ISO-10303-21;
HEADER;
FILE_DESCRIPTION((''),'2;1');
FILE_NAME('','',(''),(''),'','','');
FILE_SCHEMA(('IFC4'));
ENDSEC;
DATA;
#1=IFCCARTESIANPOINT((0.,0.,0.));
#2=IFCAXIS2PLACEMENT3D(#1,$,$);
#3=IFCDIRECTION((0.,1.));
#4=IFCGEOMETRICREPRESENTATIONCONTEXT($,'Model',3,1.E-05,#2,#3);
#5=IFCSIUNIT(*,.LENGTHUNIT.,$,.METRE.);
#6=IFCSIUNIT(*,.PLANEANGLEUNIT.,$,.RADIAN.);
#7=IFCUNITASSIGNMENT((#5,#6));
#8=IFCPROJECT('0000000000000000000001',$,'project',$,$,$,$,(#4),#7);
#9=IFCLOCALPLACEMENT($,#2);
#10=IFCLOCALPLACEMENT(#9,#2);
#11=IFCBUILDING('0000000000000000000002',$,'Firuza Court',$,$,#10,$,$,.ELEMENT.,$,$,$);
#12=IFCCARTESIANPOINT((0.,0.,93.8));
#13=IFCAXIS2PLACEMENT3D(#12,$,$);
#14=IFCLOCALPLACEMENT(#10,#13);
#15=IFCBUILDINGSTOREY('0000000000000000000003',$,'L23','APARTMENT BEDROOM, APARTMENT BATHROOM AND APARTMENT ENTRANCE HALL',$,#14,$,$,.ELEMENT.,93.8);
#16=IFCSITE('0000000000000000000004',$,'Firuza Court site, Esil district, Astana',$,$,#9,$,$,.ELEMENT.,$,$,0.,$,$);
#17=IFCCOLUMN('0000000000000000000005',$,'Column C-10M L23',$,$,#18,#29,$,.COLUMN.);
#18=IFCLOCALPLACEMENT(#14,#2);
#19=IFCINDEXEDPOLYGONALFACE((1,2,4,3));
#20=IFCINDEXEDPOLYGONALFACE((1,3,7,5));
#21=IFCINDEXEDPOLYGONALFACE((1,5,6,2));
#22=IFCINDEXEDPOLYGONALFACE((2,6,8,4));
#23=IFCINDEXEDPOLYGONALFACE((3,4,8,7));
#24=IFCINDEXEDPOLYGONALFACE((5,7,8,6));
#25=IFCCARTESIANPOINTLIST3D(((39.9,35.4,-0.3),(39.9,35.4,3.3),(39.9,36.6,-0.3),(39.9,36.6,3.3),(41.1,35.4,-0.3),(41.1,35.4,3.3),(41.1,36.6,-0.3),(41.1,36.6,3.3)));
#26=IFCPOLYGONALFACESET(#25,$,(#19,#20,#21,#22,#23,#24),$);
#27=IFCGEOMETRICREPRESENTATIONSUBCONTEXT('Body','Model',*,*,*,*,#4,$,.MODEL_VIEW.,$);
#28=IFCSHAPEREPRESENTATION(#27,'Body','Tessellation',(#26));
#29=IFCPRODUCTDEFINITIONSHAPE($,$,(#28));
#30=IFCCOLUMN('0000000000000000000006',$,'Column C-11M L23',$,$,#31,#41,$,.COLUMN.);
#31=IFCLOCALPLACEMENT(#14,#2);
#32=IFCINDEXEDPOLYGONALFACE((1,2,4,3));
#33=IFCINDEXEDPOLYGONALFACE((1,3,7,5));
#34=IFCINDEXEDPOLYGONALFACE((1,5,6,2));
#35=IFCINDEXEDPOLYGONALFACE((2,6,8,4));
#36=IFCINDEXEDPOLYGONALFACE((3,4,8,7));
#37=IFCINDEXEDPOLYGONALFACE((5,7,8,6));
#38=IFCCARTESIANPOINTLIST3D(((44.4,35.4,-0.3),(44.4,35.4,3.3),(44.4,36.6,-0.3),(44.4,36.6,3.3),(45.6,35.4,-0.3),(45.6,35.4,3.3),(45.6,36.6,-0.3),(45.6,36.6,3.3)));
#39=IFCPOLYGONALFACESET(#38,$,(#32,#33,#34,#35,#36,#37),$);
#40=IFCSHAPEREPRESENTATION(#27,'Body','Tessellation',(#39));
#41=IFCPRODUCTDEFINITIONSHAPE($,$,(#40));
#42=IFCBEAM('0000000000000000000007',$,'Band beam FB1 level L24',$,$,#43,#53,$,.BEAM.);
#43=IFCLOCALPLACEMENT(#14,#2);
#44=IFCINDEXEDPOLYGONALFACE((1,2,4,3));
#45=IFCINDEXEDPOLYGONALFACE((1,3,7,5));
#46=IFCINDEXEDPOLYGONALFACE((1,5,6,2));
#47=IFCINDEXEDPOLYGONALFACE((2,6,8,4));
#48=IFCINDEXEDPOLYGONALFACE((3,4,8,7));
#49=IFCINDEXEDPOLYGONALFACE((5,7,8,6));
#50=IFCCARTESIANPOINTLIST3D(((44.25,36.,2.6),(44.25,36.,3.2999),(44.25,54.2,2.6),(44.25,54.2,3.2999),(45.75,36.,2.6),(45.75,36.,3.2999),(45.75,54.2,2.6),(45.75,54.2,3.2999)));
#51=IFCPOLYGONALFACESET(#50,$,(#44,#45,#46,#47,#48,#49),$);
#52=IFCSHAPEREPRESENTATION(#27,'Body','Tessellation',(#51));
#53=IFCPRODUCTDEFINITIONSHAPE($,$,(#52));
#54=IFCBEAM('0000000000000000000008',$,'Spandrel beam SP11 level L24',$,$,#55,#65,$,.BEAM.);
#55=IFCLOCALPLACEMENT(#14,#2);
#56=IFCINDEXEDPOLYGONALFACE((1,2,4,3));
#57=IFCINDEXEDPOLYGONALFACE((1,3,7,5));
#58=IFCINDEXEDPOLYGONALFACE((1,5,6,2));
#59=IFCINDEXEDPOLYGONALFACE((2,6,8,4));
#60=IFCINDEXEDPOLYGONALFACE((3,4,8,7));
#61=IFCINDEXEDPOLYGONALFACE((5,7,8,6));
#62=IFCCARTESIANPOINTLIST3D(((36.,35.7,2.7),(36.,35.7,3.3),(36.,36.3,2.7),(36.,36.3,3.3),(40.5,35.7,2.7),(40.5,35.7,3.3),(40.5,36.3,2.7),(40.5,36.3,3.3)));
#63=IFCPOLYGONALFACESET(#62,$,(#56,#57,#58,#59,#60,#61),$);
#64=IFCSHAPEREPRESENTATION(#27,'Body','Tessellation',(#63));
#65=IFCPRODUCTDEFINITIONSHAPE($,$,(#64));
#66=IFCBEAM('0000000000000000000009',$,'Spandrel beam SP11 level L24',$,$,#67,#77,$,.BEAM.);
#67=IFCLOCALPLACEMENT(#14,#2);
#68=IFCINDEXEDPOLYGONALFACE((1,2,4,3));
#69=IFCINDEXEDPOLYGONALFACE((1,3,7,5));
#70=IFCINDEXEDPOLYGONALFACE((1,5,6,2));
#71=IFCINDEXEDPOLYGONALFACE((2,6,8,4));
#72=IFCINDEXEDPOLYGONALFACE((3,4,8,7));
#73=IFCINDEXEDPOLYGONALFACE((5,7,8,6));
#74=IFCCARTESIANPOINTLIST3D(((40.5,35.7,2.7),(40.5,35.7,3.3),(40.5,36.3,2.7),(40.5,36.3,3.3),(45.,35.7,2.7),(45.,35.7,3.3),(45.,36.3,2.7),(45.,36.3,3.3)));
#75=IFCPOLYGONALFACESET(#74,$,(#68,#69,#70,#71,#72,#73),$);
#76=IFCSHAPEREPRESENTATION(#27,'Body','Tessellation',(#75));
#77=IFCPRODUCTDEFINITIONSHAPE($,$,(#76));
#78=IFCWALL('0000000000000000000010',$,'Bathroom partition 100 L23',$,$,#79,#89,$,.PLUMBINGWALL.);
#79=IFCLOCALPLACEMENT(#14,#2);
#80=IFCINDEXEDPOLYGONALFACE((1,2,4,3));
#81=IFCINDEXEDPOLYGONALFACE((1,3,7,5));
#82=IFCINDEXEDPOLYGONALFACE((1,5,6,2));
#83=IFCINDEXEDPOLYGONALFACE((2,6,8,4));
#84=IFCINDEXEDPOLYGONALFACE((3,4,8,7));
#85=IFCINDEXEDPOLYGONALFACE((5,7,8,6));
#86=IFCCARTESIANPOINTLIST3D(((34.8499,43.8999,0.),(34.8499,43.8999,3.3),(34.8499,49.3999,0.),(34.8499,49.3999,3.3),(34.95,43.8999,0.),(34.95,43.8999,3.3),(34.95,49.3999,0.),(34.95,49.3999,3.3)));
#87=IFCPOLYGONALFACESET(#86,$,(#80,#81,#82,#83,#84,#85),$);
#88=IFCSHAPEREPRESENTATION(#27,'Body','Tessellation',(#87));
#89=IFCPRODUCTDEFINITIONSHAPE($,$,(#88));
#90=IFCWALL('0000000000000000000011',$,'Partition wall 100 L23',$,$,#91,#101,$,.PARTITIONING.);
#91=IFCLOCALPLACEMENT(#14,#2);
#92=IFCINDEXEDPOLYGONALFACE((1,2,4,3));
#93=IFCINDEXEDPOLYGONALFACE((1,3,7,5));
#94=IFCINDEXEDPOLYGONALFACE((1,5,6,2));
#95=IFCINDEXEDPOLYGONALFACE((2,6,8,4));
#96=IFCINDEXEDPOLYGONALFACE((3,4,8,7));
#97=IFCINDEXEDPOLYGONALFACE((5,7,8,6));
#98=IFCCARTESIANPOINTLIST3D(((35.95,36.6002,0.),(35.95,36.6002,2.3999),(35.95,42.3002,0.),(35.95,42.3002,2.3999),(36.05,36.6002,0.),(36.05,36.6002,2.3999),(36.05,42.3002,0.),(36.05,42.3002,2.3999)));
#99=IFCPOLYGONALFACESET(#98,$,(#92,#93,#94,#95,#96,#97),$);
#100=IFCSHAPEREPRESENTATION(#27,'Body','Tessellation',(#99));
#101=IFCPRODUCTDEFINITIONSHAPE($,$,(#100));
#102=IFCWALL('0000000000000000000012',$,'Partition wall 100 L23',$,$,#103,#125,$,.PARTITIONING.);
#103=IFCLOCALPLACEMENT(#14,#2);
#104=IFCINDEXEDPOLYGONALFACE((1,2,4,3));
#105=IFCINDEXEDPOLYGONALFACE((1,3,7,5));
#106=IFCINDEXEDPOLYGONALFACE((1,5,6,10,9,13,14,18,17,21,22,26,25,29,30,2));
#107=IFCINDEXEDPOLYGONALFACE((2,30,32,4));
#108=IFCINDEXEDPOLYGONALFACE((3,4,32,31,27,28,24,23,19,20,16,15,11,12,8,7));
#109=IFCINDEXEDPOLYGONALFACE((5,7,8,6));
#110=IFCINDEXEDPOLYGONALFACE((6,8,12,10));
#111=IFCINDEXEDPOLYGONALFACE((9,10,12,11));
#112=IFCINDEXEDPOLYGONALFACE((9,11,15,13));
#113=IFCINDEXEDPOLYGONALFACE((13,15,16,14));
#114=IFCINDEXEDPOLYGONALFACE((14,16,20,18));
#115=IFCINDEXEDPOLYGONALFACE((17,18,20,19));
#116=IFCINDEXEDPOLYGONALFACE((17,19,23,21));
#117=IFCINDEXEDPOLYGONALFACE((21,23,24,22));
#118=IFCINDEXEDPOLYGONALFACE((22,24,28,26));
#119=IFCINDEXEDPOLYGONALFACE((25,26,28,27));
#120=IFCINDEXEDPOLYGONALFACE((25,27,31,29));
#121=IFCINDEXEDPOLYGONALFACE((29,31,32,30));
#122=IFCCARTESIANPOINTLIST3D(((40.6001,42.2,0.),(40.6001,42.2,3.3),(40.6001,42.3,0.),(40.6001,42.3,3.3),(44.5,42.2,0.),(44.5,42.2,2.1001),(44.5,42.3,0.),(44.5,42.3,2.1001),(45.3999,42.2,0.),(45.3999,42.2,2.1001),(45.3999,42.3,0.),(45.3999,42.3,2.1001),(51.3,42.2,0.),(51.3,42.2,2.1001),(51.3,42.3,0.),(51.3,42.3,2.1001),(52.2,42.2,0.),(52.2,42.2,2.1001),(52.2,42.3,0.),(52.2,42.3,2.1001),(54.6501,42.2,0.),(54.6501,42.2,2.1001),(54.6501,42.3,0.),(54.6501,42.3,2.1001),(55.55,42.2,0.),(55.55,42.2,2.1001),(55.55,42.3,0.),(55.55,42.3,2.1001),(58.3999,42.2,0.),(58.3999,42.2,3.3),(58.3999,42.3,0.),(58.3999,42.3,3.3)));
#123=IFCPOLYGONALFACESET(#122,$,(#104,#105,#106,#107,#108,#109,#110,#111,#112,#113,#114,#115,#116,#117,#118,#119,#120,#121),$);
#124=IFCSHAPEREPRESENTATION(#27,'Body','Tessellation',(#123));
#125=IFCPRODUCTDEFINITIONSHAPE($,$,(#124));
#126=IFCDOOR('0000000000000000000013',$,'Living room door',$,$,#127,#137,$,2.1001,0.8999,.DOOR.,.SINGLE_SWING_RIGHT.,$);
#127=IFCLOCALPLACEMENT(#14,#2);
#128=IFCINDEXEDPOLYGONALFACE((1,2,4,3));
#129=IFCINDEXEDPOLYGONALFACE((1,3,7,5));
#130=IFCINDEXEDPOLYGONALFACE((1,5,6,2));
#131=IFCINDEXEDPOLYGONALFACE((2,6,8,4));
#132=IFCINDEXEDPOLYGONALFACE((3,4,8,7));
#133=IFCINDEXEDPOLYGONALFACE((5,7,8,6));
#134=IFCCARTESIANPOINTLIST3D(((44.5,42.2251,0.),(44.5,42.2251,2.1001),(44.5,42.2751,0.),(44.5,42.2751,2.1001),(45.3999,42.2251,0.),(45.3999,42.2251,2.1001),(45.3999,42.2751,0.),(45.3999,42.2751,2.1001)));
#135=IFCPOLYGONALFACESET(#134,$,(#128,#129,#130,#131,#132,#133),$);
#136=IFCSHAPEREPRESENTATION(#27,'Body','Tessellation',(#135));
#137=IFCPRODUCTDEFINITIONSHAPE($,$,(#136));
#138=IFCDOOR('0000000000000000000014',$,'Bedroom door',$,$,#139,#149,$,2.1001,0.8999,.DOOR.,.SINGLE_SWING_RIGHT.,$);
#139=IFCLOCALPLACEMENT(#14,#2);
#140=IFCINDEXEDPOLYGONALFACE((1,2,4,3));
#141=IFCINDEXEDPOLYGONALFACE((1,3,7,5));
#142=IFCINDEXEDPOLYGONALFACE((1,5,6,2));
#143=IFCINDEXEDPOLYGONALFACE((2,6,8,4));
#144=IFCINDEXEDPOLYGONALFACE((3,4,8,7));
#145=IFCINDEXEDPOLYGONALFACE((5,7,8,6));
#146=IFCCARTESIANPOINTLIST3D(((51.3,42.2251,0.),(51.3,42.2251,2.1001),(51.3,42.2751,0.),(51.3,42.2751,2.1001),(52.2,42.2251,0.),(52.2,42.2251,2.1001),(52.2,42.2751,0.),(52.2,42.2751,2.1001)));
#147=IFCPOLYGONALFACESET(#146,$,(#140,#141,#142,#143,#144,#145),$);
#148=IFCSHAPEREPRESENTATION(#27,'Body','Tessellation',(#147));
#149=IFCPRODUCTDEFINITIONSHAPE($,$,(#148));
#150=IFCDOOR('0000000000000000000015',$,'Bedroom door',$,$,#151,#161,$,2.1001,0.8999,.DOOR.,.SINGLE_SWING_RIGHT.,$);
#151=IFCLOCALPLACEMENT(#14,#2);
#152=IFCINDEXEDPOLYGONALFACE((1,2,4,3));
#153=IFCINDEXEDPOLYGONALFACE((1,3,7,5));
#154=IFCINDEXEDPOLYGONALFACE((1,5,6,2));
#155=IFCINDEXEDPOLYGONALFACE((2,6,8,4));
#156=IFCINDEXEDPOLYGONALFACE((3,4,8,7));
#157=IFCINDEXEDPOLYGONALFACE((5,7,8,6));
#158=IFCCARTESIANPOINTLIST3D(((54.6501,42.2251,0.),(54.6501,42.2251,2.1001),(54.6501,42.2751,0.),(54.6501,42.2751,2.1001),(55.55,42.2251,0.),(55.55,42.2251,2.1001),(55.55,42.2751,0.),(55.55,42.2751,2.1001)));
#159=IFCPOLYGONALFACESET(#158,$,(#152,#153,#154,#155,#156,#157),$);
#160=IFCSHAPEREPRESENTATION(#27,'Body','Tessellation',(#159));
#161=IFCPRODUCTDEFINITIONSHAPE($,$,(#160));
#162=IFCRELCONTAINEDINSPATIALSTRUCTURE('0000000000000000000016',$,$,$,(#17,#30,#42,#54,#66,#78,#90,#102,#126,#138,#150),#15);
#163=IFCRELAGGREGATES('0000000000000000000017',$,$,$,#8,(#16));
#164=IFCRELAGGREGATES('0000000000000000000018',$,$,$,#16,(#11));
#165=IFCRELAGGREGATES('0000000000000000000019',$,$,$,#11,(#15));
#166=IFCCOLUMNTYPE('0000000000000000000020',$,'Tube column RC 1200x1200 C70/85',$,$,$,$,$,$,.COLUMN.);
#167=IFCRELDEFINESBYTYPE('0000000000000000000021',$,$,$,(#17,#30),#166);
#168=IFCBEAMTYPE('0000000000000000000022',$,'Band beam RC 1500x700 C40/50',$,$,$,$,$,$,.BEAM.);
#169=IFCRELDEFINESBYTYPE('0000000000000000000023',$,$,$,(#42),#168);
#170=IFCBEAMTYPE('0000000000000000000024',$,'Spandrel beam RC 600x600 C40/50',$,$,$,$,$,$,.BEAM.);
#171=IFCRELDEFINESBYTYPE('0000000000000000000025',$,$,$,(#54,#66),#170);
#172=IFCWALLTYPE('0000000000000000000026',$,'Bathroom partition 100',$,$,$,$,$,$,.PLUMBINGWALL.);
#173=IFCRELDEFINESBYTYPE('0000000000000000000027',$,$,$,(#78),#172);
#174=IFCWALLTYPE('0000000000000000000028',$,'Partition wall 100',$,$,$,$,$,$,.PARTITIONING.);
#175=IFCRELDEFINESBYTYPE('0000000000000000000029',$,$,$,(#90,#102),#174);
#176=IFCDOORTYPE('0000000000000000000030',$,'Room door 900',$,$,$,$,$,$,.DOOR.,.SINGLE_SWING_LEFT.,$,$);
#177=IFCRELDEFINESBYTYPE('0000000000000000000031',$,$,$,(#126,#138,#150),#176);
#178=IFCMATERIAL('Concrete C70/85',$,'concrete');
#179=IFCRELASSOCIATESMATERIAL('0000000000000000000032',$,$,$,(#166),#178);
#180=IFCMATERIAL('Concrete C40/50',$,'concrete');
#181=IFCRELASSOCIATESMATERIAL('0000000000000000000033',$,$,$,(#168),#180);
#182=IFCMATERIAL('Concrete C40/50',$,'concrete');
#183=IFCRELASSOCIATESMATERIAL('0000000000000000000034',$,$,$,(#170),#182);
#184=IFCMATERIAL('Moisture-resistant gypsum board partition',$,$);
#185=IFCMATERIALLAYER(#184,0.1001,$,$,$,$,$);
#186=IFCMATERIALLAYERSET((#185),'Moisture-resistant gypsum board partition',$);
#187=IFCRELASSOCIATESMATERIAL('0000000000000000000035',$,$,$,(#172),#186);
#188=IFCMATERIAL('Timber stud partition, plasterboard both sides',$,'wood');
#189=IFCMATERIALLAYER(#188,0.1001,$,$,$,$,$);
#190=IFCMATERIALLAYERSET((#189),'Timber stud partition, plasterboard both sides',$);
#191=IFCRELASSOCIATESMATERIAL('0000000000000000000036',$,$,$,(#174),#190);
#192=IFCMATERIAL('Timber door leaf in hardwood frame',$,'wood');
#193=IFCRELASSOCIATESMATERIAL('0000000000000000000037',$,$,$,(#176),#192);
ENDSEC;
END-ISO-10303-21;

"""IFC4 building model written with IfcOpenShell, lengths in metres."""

from ifc_helpers import new_model, si_unit, direction, frame, frame_2d, origin, origin_2d, place, context, subcontext, project, spatial, rectangle, extrude, material, layer, layer_set, material_profile, profile_set, type_object, element, fill, save


model = new_model("IFC4")

# Units and contexts
model_context = context("Model", 3, precision=1e-05, world=origin(), true_north=direction((0.0, 1.0)))
body_context = subcontext(model_context, "Body", "Model", "MODEL_VIEW")
ifc_project = project(units=[si_unit("LENGTHUNIT", "METRE"), si_unit("PLANEANGLEUNIT", "RADIAN")], contexts=[model_context])

# Site, building, storey
site_placement = place(None, origin())
site = spatial("IfcSite", under=ifc_project, at=site_placement, Name="Firuza Court site, Esil district, Astana", CompositionType="ELEMENT", RefElevation=0.0)
building_placement = place(site_placement, origin())
building = spatial("IfcBuilding", under=site, at=building_placement, Name="Firuza Court", CompositionType="ELEMENT")
storey_placement = place(building_placement, frame((0.0, 0.0, 93.8)))
storey = spatial("IfcBuildingStorey", under=building, at=storey_placement, Name="L23", Description="APARTMENT BEDROOM, APARTMENT BATHROOM AND APARTMENT ENTRANCE HALL", CompositionType="ELEMENT", Elevation=93.8)

# Columns
ifc_material_1 = material(Name="Concrete C70/85", Category="concrete")
ifc_material_profile_1 = material_profile(ifc_material_1, rectangle(XDim=1.2, YDim=1.2, at=origin_2d()), Name="RC 1200x1200")
ifc_profile_set_1 = profile_set([ifc_material_profile_1], Name="Concrete C70/85")
column_type = type_object("IfcColumnType", Name="Tube column RC 1200x1200 C70/85", PredefinedType="COLUMN", material=ifc_profile_set_1)
for number, where, z_axis, x_axis, name in (
    (1, (40.5, 36.0, -0.3), (0.0, 0.0, 1.0), (1.0, 0.0, 0.0), "Column C-10M L23"),
    (2, (45.0, 36.0, -0.3), (0.0, 0.0, 1.0), (1.0, 0.0, 0.0), "Column C-11M L23"),
):
    element("IfcColumn", number, at=place(storey_placement, frame(where, z_axis=z_axis, x_axis=x_axis)), inside=storey, type_object=column_type, Name=name, PredefinedType="COLUMN", context=body_context, shape_type="SweptSolid", body=[
        extrude(rectangle(XDim=1.2, YDim=1.2, at=origin_2d()), origin(), (0.0, 0.0, 1.0), 3.6001),
    ])

# Beams
ifc_material_2 = material(Name="Concrete C40/50", Category="concrete")
ifc_material_profile_2 = material_profile(ifc_material_2, rectangle(XDim=1.5, YDim=0.7, at=origin_2d()), Name="RC 1500x700")
ifc_profile_set_2 = profile_set([ifc_material_profile_2], Name="Concrete C40/50")
beam_type_1 = type_object("IfcBeamType", Name="Band beam RC 1500x700 C40/50", PredefinedType="BEAM", material=ifc_profile_set_2)
beam_placement = place(storey_placement, frame((45.0, 36.0, 2.95), z_axis=(0.0, 1.0, 0.0), x_axis=(-1.0, 0.0, 0.0)))
element("IfcBeam", 3, at=beam_placement, inside=storey, type_object=beam_type_1, Name="Band beam FB1 level L24", PredefinedType="BEAM", context=body_context, shape_type="SweptSolid", body=[
    extrude(rectangle(XDim=1.5, YDim=0.7, at=origin_2d()), origin(), (0.0, 0.0, 1.0), 18.2),
])
ifc_material_3 = material(Name="Concrete C40/50", Category="concrete")
ifc_material_profile_3 = material_profile(ifc_material_3, rectangle(XDim=0.6001, YDim=0.6001, at=origin_2d()), Name="RC 600x600")
ifc_profile_set_3 = profile_set([ifc_material_profile_3], Name="Concrete C40/50")
beam_type_2 = type_object("IfcBeamType", Name="Spandrel beam RC 600x600 C40/50", PredefinedType="BEAM", material=ifc_profile_set_3)
for number, where, z_axis, x_axis, name in (
    (4, (36.0, 36.0, 3.0), (1.0, 0.0, 0.0), (0.0, 1.0, 0.0), "Spandrel beam SP11 level L24"),
    (5, (40.5, 36.0, 3.0), (1.0, 0.0, 0.0), (0.0, 1.0, 0.0), "Spandrel beam SP11 level L24"),
):
    element("IfcBeam", number, at=place(storey_placement, frame(where, z_axis=z_axis, x_axis=x_axis)), inside=storey, type_object=beam_type_2, Name=name, PredefinedType="BEAM", context=body_context, shape_type="SweptSolid", body=[
        extrude(rectangle(XDim=0.6001, YDim=0.6001, at=origin_2d()), origin(), (0.0, 0.0, 1.0), 4.5),
    ])

# Walls
ifc_material_4 = material(Name="Moisture-resistant gypsum board partition")
ifc_layer_1 = layer(ifc_material_4, 0.1001)
ifc_layer_set_1 = layer_set([ifc_layer_1], Name="Moisture-resistant gypsum board partition")
wall_type_1 = type_object("IfcWallType", Name="Bathroom partition 100", PredefinedType="PLUMBINGWALL", material=ifc_layer_set_1)
wall_1_placement = place(storey_placement, frame((34.8999, 43.8999, 0.0), z_axis=(0.0, 0.0, 1.0), x_axis=(0.0, 1.0, 0.0)))
element("IfcWall", 6, at=wall_1_placement, inside=storey, type_object=wall_type_1, Name="Bathroom partition 100 L23", PredefinedType="PLUMBINGWALL", context=body_context, shape_type="SweptSolid", body=[
    extrude(rectangle(XDim=5.5, YDim=0.1001, at=frame_2d((2.75, 0.0))), origin(), (0.0, 0.0, 1.0), 3.3),
])
ifc_material_5 = material(Name="Timber stud partition, plasterboard both sides", Category="wood")
ifc_layer_2 = layer(ifc_material_5, 0.1001)
ifc_layer_set_2 = layer_set([ifc_layer_2], Name="Timber stud partition, plasterboard both sides")
wall_type_2 = type_object("IfcWallType", Name="Partition wall 100", PredefinedType="PARTITIONING", material=ifc_layer_set_2)
wall_2_placement = place(storey_placement, frame((36.0, 36.6001, 0.0), z_axis=(0.0, 0.0, 1.0), x_axis=(0.0, 1.0, 0.0)))
element("IfcWall", 7, at=wall_2_placement, inside=storey, type_object=wall_type_2, Name="Partition wall 100 L23", PredefinedType="PARTITIONING", context=body_context, shape_type="SweptSolid", body=[
    extrude(rectangle(XDim=5.7, YDim=0.1001, at=frame_2d((2.8501, 0.0))), origin(), (0.0, 0.0, 1.0), 2.3999),
])

# Wall, openings, doors
wall_3_placement = place(storey_placement, frame((40.6001, 42.25, 0.0), z_axis=(0.0, 0.0, 1.0), x_axis=(1.0, 0.0, 0.0)))
wall_3 = element("IfcWall", 8, at=wall_3_placement, inside=storey, type_object=wall_type_2, Name="Partition wall 100 L23", PredefinedType="PARTITIONING", context=body_context, shape_type="SweptSolid", body=[
    extrude(rectangle(XDim=17.7998, YDim=0.1001, at=frame_2d((8.8999, 0.0))), origin(), (0.0, 0.0, 1.0), 3.3),
])
opening_1_placement = place(wall_3_placement, frame((3.8999, 0.0, 0.0)))
opening_1 = element("IfcOpeningElement", 9, at=opening_1_placement, cuts=wall_3, PredefinedType="OPENING", context=body_context, shape_type="SweptSolid", body=[
    extrude(rectangle(XDim=0.8999, YDim=2.1001, at=frame_2d((0.45, 1.05))), frame((0.0, 0.062, 0.0), z_axis=(0.0, -1.0, 0.0), x_axis=(1.0, 0.0, 0.0)), (0.0, 0.0, 1.0), 0.124),
])
opening_2_placement = place(wall_3_placement, frame((10.7, 0.0, 0.0)))
opening_2 = element("IfcOpeningElement", 10, at=opening_2_placement, cuts=wall_3, PredefinedType="OPENING", context=body_context, shape_type="SweptSolid", body=[
    extrude(rectangle(XDim=0.8999, YDim=2.1001, at=frame_2d((0.45, 1.05))), frame((0.0, 0.062, 0.0), z_axis=(0.0, -1.0, 0.0), x_axis=(1.0, 0.0, 0.0)), (0.0, 0.0, 1.0), 0.124),
])
opening_3_placement = place(wall_3_placement, frame((14.05, 0.0, 0.0)))
opening_3 = element("IfcOpeningElement", 11, at=opening_3_placement, cuts=wall_3, PredefinedType="OPENING", context=body_context, shape_type="SweptSolid", body=[
    extrude(rectangle(XDim=0.8999, YDim=2.1001, at=frame_2d((0.45, 1.05))), frame((0.0, 0.062, 0.0), z_axis=(0.0, -1.0, 0.0), x_axis=(1.0, 0.0, 0.0)), (0.0, 0.0, 1.0), 0.124),
])
ifc_material_6 = material(Name="Timber door leaf in hardwood frame", Category="wood")
door_type = type_object("IfcDoorType", Name="Room door 900", OperationType="SINGLE_SWING_LEFT", PredefinedType="DOOR", material=ifc_material_6)
door_1_placement = place(opening_1_placement, frame((0.8999, 0.0, 0.0), z_axis=(0.0, 0.0, 1.0), x_axis=(-1.0, 0.0, 0.0)))
door_1 = element("IfcDoor", 12, at=door_1_placement, inside=storey, type_object=door_type, Name="Living room door", OperationType="SINGLE_SWING_RIGHT", OverallHeight=2.1001, OverallWidth=0.8999, PredefinedType="DOOR", context=body_context, shape_type="SweptSolid", body=[
    extrude(rectangle(XDim=0.8999, YDim=2.1001, at=frame_2d((0.45, 1.05))), frame((0.0, 0.0249, 0.0), z_axis=(0.0, -1.0, 0.0), x_axis=(1.0, 0.0, 0.0)), (0.0, 0.0, 1.0), 0.05),
])
fill(opening_1, door_1)
door_2_placement = place(opening_2_placement, frame((0.8999, 0.0, 0.0), z_axis=(0.0, 0.0, 1.0), x_axis=(-1.0, 0.0, 0.0)))
door_2 = element("IfcDoor", 13, at=door_2_placement, inside=storey, type_object=door_type, Name="Bedroom door", OperationType="SINGLE_SWING_RIGHT", OverallHeight=2.1001, OverallWidth=0.8999, PredefinedType="DOOR", context=body_context, shape_type="SweptSolid", body=[
    extrude(rectangle(XDim=0.8999, YDim=2.1001, at=frame_2d((0.45, 1.05))), frame((0.0, 0.0249, 0.0), z_axis=(0.0, -1.0, 0.0), x_axis=(1.0, 0.0, 0.0)), (0.0, 0.0, 1.0), 0.05),
])
fill(opening_2, door_2)
door_3_placement = place(opening_3_placement, frame((0.8999, 0.0, 0.0), z_axis=(0.0, 0.0, 1.0), x_axis=(-1.0, 0.0, 0.0)))
door_3 = element("IfcDoor", 14, at=door_3_placement, inside=storey, type_object=door_type, Name="Bedroom door", OperationType="SINGLE_SWING_RIGHT", OverallHeight=2.1001, OverallWidth=0.8999, PredefinedType="DOOR", context=body_context, shape_type="SweptSolid", body=[
    extrude(rectangle(XDim=0.8999, YDim=2.1001, at=frame_2d((0.45, 1.05))), frame((0.0, 0.0249, 0.0), z_axis=(0.0, -1.0, 0.0), x_axis=(1.0, 0.0, 0.0)), (0.0, 0.0, 1.0), 0.05),
])
fill(opening_3, door_3)

save(model, "model.ifc")
